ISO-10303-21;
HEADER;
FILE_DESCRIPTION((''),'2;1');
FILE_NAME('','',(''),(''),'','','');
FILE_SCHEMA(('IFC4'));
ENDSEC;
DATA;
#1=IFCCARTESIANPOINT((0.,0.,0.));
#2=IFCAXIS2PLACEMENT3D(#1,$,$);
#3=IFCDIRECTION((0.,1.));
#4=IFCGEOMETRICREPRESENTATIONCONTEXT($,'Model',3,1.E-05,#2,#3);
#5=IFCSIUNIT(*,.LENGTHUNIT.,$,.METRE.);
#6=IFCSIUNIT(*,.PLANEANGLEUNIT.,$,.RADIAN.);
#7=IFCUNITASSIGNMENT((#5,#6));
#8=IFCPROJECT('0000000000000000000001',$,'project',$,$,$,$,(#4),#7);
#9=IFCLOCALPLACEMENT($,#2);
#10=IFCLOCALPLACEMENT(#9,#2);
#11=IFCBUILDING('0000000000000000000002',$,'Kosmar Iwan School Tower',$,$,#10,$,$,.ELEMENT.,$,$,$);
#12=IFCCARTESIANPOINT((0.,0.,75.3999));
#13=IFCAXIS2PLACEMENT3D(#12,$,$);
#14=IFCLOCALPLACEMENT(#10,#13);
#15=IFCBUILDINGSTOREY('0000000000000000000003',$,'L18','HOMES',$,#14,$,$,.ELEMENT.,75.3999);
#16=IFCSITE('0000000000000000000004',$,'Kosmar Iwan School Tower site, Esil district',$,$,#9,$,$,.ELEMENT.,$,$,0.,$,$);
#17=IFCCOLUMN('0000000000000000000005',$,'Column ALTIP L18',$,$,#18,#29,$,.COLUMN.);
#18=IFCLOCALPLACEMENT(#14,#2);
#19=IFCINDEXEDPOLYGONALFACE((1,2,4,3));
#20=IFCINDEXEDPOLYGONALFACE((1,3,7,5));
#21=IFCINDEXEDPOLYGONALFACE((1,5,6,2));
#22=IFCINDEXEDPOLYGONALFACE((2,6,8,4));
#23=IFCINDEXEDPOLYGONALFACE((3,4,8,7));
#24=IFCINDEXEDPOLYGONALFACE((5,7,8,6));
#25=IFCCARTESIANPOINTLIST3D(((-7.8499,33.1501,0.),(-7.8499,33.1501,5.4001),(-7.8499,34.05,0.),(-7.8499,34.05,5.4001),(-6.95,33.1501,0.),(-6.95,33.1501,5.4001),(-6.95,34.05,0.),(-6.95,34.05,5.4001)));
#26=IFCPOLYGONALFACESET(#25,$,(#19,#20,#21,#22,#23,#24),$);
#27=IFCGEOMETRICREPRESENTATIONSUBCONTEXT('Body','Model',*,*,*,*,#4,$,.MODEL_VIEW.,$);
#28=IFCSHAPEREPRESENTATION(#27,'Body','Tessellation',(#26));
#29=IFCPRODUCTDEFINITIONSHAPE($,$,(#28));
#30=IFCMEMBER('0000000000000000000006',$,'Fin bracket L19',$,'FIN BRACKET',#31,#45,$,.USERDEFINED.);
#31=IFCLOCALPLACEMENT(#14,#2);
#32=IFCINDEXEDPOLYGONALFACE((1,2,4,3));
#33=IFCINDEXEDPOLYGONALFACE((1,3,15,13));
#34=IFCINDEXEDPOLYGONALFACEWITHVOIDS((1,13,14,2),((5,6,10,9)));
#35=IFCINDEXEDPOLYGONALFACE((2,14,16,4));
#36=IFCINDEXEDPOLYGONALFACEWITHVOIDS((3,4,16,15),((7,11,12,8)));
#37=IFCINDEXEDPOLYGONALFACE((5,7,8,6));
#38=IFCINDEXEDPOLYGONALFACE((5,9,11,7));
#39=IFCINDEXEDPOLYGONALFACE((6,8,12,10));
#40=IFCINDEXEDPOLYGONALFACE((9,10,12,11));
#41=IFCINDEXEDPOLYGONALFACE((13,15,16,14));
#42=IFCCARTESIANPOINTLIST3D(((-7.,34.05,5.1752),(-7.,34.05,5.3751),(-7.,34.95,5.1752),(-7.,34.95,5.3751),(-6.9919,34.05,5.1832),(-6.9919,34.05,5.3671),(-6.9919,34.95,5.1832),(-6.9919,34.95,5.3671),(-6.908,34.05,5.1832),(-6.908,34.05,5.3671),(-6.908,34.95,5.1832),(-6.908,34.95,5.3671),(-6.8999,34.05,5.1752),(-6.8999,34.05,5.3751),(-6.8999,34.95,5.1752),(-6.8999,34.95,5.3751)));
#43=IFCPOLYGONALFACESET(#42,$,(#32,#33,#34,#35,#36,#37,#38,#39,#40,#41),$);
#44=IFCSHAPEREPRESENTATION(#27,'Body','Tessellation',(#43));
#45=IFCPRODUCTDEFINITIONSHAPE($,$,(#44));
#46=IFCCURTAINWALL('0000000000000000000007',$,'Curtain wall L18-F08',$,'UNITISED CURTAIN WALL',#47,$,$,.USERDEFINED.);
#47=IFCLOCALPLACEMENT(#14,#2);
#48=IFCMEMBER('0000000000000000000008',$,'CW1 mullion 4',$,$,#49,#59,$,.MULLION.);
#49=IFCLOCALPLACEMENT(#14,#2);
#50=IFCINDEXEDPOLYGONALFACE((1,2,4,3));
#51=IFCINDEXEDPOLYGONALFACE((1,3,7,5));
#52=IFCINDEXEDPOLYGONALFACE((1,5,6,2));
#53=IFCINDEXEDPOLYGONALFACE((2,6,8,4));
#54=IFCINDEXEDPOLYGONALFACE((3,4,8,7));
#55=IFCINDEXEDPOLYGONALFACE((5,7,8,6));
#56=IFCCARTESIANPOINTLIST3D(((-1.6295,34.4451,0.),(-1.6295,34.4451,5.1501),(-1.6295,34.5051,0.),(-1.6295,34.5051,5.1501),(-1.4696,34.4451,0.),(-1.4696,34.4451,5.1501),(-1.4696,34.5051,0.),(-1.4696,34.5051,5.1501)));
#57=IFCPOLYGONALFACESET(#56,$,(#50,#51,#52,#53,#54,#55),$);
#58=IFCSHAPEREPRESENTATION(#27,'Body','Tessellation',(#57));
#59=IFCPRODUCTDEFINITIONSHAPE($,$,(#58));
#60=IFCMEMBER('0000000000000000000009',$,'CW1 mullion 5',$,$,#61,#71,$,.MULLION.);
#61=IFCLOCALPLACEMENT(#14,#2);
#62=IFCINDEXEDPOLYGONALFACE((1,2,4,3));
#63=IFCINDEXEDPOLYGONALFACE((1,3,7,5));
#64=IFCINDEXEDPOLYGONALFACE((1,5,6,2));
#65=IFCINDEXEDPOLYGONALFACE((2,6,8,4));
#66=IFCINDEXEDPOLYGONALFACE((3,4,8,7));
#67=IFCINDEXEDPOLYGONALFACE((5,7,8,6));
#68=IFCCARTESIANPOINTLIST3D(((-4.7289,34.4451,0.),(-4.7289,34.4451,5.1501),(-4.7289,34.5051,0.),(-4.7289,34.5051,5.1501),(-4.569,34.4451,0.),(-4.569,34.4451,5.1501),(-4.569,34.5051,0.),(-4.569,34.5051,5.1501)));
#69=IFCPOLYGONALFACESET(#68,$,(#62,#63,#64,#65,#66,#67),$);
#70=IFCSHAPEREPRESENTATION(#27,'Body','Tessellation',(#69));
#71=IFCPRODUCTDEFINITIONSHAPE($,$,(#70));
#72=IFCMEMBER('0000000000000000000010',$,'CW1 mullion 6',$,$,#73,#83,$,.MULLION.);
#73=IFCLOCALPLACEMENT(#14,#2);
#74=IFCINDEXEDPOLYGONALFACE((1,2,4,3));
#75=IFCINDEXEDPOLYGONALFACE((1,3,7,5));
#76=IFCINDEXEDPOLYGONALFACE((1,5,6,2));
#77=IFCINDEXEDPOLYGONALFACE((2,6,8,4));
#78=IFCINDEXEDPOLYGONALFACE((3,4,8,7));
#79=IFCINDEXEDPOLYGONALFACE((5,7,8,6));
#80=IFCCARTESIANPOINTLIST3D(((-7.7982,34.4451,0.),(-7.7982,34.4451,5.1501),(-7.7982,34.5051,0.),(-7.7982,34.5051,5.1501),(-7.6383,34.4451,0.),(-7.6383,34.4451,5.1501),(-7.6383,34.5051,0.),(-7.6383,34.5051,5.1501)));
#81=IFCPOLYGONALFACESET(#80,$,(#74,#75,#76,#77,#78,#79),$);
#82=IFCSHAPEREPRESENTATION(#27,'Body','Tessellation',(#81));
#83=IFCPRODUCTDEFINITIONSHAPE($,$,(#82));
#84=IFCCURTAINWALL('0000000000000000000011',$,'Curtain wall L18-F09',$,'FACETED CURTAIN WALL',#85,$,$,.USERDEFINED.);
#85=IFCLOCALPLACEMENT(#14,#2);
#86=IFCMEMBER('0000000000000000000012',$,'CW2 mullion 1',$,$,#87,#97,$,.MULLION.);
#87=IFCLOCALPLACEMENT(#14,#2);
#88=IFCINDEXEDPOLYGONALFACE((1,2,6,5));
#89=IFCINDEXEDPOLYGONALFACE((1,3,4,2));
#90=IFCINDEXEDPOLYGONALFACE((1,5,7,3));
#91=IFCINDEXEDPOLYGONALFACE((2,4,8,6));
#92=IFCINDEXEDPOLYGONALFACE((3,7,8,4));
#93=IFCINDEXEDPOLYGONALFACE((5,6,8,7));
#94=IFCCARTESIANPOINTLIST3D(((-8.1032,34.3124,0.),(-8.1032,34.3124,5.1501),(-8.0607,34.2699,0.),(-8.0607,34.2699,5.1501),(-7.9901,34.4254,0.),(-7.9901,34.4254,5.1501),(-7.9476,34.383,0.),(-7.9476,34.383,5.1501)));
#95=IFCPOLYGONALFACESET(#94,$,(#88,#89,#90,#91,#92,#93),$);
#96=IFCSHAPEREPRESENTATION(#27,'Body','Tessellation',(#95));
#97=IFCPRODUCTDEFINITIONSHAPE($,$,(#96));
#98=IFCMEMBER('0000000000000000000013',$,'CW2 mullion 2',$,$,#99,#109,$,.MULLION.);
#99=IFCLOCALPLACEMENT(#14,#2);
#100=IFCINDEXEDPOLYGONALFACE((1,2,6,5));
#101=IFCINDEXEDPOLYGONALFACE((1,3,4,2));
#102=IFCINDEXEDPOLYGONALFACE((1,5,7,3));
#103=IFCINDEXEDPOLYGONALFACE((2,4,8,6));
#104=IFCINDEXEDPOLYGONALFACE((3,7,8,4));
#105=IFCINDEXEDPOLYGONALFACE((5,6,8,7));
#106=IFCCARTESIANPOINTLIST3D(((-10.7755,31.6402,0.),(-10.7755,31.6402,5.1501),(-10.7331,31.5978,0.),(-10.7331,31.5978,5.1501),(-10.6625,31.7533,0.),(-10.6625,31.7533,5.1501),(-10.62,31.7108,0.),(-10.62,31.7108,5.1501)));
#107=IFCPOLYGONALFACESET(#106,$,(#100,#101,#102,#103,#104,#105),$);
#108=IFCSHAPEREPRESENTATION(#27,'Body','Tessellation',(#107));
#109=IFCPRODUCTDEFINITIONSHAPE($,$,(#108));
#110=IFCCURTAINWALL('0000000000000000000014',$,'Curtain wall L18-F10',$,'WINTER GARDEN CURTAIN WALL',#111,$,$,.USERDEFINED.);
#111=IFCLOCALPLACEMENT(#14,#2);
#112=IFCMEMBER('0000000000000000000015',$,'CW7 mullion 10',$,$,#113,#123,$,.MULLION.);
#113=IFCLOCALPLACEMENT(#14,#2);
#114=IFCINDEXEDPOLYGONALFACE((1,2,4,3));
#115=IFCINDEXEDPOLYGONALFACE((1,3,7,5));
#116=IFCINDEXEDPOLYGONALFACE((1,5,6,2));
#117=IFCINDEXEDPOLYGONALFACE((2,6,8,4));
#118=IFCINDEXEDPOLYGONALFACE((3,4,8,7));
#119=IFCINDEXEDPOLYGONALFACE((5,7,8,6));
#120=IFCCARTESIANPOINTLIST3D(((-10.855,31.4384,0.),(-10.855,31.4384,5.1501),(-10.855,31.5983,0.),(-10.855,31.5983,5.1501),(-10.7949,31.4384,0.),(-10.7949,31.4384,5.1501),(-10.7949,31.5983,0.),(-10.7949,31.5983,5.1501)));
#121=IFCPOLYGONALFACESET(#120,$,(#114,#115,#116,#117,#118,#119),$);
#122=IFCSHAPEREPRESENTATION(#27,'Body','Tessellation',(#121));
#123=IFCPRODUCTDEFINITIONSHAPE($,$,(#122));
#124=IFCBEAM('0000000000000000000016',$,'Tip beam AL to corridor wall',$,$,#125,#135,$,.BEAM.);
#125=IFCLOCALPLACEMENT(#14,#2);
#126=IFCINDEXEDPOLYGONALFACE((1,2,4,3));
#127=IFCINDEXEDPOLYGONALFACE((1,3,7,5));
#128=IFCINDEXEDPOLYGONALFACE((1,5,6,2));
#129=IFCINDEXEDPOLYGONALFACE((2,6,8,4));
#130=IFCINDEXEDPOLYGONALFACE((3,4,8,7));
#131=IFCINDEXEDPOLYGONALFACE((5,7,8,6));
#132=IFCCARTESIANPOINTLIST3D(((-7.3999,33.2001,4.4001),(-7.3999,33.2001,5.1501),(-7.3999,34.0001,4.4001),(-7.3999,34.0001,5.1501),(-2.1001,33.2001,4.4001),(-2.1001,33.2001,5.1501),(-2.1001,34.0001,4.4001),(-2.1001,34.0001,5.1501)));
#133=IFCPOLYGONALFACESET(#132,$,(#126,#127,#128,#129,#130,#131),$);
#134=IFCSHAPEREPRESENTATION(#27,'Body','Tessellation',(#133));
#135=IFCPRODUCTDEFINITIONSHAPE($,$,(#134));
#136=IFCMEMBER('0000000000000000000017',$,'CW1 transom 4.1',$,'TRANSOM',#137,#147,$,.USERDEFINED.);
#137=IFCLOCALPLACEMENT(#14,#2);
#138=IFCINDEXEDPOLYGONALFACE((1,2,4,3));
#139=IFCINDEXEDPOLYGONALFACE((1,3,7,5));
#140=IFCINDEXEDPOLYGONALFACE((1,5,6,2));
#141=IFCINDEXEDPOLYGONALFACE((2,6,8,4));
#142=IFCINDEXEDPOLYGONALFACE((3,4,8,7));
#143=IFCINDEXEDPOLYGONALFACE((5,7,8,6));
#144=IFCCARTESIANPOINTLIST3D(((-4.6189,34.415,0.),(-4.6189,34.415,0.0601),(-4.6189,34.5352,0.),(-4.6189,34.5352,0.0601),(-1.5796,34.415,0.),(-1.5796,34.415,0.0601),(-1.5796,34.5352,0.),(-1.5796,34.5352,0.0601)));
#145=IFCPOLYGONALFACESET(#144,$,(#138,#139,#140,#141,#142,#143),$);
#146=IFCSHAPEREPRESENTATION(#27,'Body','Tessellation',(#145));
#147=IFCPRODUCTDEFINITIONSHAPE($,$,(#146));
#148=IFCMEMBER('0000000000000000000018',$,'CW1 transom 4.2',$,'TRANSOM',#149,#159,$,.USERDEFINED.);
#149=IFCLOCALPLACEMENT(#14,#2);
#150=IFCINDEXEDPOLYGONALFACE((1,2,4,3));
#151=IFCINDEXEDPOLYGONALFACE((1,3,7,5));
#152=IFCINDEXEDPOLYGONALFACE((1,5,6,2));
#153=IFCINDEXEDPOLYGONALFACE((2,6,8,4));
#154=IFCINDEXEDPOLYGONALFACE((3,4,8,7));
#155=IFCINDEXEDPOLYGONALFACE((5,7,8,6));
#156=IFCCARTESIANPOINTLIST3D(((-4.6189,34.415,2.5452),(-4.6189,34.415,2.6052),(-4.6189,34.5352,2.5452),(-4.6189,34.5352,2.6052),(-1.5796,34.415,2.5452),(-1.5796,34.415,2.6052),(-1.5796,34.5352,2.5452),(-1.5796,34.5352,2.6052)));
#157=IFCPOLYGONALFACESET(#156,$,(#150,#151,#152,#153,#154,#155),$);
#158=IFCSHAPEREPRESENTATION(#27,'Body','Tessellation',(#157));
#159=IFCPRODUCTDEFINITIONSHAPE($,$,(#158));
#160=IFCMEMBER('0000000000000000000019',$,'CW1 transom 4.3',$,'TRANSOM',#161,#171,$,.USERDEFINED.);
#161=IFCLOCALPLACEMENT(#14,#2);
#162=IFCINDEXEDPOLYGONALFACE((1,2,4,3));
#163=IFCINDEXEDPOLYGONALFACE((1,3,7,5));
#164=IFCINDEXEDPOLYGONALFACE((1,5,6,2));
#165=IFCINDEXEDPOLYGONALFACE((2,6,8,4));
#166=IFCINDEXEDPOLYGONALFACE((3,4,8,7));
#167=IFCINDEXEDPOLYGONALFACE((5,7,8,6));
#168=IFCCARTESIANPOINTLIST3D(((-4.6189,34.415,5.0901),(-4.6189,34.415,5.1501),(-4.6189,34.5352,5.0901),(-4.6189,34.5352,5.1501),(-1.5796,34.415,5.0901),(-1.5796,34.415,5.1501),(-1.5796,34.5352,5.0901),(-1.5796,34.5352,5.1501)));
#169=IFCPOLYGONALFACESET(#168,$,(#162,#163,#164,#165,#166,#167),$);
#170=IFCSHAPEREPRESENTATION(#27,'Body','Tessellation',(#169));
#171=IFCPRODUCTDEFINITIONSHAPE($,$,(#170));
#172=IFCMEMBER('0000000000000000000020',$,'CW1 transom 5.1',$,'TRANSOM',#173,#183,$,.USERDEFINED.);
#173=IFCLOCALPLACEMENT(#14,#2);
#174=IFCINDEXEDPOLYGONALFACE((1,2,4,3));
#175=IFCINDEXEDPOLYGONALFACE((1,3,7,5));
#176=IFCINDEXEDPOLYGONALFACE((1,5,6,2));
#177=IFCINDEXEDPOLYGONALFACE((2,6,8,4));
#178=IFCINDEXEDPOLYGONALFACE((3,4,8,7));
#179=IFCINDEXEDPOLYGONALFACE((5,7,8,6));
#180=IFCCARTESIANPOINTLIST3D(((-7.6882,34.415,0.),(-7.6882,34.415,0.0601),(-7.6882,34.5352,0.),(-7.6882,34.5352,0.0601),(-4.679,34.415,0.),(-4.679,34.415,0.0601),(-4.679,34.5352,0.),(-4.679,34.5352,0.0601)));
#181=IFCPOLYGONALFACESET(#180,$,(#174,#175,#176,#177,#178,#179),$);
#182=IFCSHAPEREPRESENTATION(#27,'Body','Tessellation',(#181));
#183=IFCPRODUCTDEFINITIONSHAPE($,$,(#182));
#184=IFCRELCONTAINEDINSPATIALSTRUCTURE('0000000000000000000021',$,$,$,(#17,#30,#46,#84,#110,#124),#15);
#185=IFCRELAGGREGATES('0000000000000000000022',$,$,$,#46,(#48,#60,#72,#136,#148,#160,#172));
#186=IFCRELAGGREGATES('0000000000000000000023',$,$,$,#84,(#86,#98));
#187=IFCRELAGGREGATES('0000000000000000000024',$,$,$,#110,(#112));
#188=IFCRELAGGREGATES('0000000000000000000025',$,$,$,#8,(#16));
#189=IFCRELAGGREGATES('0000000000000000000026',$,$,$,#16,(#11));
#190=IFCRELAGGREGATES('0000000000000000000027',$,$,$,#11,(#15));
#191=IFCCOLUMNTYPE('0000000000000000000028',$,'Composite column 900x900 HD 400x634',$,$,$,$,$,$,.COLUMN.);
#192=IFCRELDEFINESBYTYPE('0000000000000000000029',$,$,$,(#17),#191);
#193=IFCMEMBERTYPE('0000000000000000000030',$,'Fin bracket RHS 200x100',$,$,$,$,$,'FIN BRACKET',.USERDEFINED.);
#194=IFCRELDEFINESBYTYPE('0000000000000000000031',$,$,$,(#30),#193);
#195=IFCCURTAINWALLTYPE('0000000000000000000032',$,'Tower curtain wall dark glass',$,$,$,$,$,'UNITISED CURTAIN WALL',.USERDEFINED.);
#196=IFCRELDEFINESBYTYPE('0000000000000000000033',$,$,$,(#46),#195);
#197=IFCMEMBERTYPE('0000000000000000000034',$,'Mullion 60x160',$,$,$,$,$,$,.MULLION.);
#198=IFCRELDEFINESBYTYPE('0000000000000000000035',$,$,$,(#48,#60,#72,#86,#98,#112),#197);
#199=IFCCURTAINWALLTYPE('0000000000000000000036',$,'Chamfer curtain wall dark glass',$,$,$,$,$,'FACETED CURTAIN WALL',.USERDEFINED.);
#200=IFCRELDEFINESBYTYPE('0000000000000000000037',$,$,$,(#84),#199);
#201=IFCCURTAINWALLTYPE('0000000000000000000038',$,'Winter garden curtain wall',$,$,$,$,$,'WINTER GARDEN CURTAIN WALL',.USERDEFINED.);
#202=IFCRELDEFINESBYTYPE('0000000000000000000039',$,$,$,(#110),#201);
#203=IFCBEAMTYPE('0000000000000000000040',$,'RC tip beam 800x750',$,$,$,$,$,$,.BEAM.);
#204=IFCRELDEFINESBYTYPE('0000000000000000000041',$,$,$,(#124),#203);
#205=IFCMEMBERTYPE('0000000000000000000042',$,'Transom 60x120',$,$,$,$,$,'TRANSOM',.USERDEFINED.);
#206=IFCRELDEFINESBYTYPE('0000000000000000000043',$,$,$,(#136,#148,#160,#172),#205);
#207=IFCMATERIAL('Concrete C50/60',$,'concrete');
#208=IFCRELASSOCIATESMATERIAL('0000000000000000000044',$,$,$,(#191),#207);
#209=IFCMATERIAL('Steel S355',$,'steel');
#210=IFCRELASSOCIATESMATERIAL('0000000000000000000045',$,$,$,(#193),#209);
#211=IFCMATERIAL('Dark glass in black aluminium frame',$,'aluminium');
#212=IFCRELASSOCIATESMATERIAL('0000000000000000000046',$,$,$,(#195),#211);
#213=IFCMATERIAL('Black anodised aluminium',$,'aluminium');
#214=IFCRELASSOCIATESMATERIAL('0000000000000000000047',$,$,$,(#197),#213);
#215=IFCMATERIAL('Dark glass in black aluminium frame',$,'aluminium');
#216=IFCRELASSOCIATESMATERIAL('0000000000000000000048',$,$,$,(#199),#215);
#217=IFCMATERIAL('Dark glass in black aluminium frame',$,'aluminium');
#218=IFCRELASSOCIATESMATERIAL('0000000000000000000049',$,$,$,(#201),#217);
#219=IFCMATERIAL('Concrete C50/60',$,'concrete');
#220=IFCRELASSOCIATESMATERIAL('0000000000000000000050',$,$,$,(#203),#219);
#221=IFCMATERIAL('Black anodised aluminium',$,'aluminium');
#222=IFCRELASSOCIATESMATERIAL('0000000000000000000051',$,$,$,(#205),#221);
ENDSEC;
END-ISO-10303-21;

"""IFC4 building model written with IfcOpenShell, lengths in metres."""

from ifc_helpers import new_model, si_unit, direction, frame, origin, origin_2d, place, context, subcontext, project, spatial, rectangle, hollow_rectangle, extrude, material, material_profile, profile_set, type_object, element, aggregate, save


model = new_model("IFC4")

# Units and contexts
model_context = context("Model", 3, precision=1e-05, world=origin(), true_north=direction((0.0, 1.0)))
body_context = subcontext(model_context, "Body", "Model", "MODEL_VIEW")
ifc_project = project(units=[si_unit("LENGTHUNIT", "METRE"), si_unit("PLANEANGLEUNIT", "RADIAN")], contexts=[model_context])

# Site, building, storey
site_placement = place(None, origin())
site = spatial("IfcSite", under=ifc_project, at=site_placement, Name="Kosmar Iwan School Tower site, Esil district", CompositionType="ELEMENT", RefElevation=0.0)
building_placement = place(site_placement, origin())
building = spatial("IfcBuilding", under=site, at=building_placement, Name="Kosmar Iwan School Tower", CompositionType="ELEMENT")
storey_placement = place(building_placement, frame((0.0, 0.0, 75.3999)))
storey = spatial("IfcBuildingStorey", under=building, at=storey_placement, Name="L18", Description="HOMES", CompositionType="ELEMENT", Elevation=75.3999)

# Column
ifc_material_1 = material(Name="Concrete C50/60", Category="concrete")
ifc_material_profile_1 = material_profile(ifc_material_1, rectangle(XDim=0.8999, YDim=0.8999, at=origin_2d()), Name="RC 900x900 + HD 400x634")
ifc_profile_set_1 = profile_set([ifc_material_profile_1], Name="Concrete C50/60")
column_type = type_object("IfcColumnType", Name="Composite column 900x900 HD 400x634", PredefinedType="COLUMN", material=ifc_profile_set_1)
column_placement = place(storey_placement, frame((-7.3999, 33.6001, 0.0), z_axis=(0.0, 0.0, 1.0), x_axis=(0.0, 1.0, 0.0)))
element("IfcColumn", 1, at=column_placement, inside=storey, type_object=column_type, Name="Column ALTIP L18", PredefinedType="COLUMN", context=body_context, shape_type="SweptSolid", body=[
    extrude(rectangle(XDim=0.8999, YDim=0.8999, at=origin_2d()), origin(), (0.0, 0.0, 1.0), 5.4001),
])

# Member
ifc_material_2 = material(Name="Steel S355", Category="steel")
ifc_material_profile_2 = material_profile(ifc_material_2, hollow_rectangle(XDim=0.1001, YDim=0.2, WallThickness=0.0081, at=origin_2d()), Name="RHS 200x100x8")
ifc_profile_set_2 = profile_set([ifc_material_profile_2], Name="Steel S355")
member_type_1 = type_object("IfcMemberType", Name="Fin bracket RHS 200x100", ElementType="FIN BRACKET", PredefinedType="USERDEFINED", material=ifc_profile_set_2)
member_1_placement = place(storey_placement, frame((-6.95, 34.05, 5.2751), z_axis=(0.0, 1.0, 0.0), x_axis=(-1.0, 0.0, 0.0)))
element("IfcMember", 2, at=member_1_placement, inside=storey, type_object=member_type_1, Name="Fin bracket L19", ObjectType="FIN BRACKET", PredefinedType="USERDEFINED", context=body_context, shape_type="SweptSolid", body=[
    extrude(hollow_rectangle(XDim=0.1001, YDim=0.2, WallThickness=0.0081, at=origin_2d()), origin(), (0.0, 0.0, 1.0), 0.8999),
])

# Curtain walls, members
ifc_material_3 = material(Name="Dark glass in black aluminium frame", Category="aluminium")
curtain_wall_type_1 = type_object("IfcCurtainWallType", Name="Tower curtain wall dark glass", ElementType="UNITISED CURTAIN WALL", PredefinedType="USERDEFINED", material=ifc_material_3)
curtain_wall_1_placement = place(storey_placement, origin())
curtain_wall_1 = element("IfcCurtainWall", 3, at=curtain_wall_1_placement, inside=storey, type_object=curtain_wall_type_1, Name="Curtain wall L18-F08", ObjectType="UNITISED CURTAIN WALL", PredefinedType="USERDEFINED")
ifc_material_4 = material(Name="Black anodised aluminium", Category="aluminium")
ifc_material_profile_3 = material_profile(ifc_material_4, rectangle(XDim=0.0601, YDim=0.1599, at=origin_2d()), Name="MULLION 60x160")
ifc_profile_set_3 = profile_set([ifc_material_profile_3], Name="Black anodised aluminium")
member_type_2 = type_object("IfcMemberType", Name="Mullion 60x160", PredefinedType="MULLION", material=ifc_profile_set_3)
member_2_placement = place(storey_placement, frame((-1.5496, 34.4751, 0.0), z_axis=(0.0, 0.0, 1.0), x_axis=(0.0, -1.0, 0.0)))
member_2 = element("IfcMember", 4, at=member_2_placement, type_object=member_type_2, Name="CW1 mullion 4", PredefinedType="MULLION", context=body_context, shape_type="SweptSolid", body=[
    extrude(rectangle(XDim=0.0601, YDim=0.1599, at=origin_2d()), origin(), (0.0, 0.0, 1.0), 5.1501),
])
member_3_placement = place(storey_placement, frame((-4.6489, 34.4751, 0.0), z_axis=(0.0, 0.0, 1.0), x_axis=(0.0, -1.0, 0.0)))
member_3 = element("IfcMember", 5, at=member_3_placement, type_object=member_type_2, Name="CW1 mullion 5", PredefinedType="MULLION", context=body_context, shape_type="SweptSolid", body=[
    extrude(rectangle(XDim=0.0601, YDim=0.1599, at=origin_2d()), origin(), (0.0, 0.0, 1.0), 5.1501),
])
member_4_placement = place(storey_placement, frame((-7.7183, 34.4751, 0.0), z_axis=(0.0, 0.0, 1.0), x_axis=(0.0, -1.0, 0.0)))
member_4 = element("IfcMember", 6, at=member_4_placement, type_object=member_type_2, Name="CW1 mullion 6", PredefinedType="MULLION", context=body_context, shape_type="SweptSolid", body=[
    extrude(rectangle(XDim=0.0601, YDim=0.1599, at=origin_2d()), origin(), (0.0, 0.0, 1.0), 5.1501),
])
ifc_material_5 = material(Name="Dark glass in black aluminium frame", Category="aluminium")
curtain_wall_type_2 = type_object("IfcCurtainWallType", Name="Chamfer curtain wall dark glass", ElementType="FACETED CURTAIN WALL", PredefinedType="USERDEFINED", material=ifc_material_5)
curtain_wall_2_placement = place(storey_placement, origin())
curtain_wall_2 = element("IfcCurtainWall", 7, at=curtain_wall_2_placement, inside=storey, type_object=curtain_wall_type_2, Name="Curtain wall L18-F09", ObjectType="FACETED CURTAIN WALL", PredefinedType="USERDEFINED")
member_5_placement = place(storey_placement, frame((-8.0254, 34.3477, 0.0), z_axis=(0.0, 0.0, 1.0), x_axis=(0.707107, -0.707107, 0.0)))
member_5 = element("IfcMember", 8, at=member_5_placement, type_object=member_type_2, Name="CW2 mullion 1", PredefinedType="MULLION", context=body_context, shape_type="SweptSolid", body=[
    extrude(rectangle(XDim=0.0601, YDim=0.1599, at=origin_2d()), origin(), (0.0, 0.0, 1.0), 5.1501),
])
member_6_placement = place(storey_placement, frame((-10.6978, 31.6755, 0.0), z_axis=(0.0, 0.0, 1.0), x_axis=(0.707107, -0.707107, 0.0)))
member_6 = element("IfcMember", 9, at=member_6_placement, type_object=member_type_2, Name="CW2 mullion 2", PredefinedType="MULLION", context=body_context, shape_type="SweptSolid", body=[
    extrude(rectangle(XDim=0.0601, YDim=0.1599, at=origin_2d()), origin(), (0.0, 0.0, 1.0), 5.1501),
])

# Curtain wall, member
ifc_material_6 = material(Name="Dark glass in black aluminium frame", Category="aluminium")
curtain_wall_type_3 = type_object("IfcCurtainWallType", Name="Winter garden curtain wall", ElementType="WINTER GARDEN CURTAIN WALL", PredefinedType="USERDEFINED", material=ifc_material_6)
curtain_wall_3_placement = place(storey_placement, origin())
curtain_wall_3 = element("IfcCurtainWall", 10, at=curtain_wall_3_placement, inside=storey, type_object=curtain_wall_type_3, Name="Curtain wall L18-F10", ObjectType="WINTER GARDEN CURTAIN WALL", PredefinedType="USERDEFINED")
member_7_placement = place(storey_placement, frame((-10.825, 31.5183, 0.0), z_axis=(0.0, 0.0, 1.0), x_axis=(-1.0, 0.0, 0.0)))
member_7 = element("IfcMember", 11, at=member_7_placement, type_object=member_type_2, Name="CW7 mullion 10", PredefinedType="MULLION", context=body_context, shape_type="SweptSolid", body=[
    extrude(rectangle(XDim=0.0601, YDim=0.1599, at=origin_2d()), origin(), (0.0, 0.0, 1.0), 5.1501),
])

# Beam
ifc_material_7 = material(Name="Concrete C50/60", Category="concrete")
ifc_material_profile_4 = material_profile(ifc_material_7, rectangle(XDim=0.8, YDim=0.75, at=origin_2d()), Name="RC 800x750")
ifc_profile_set_4 = profile_set([ifc_material_profile_4], Name="Concrete C50/60")
beam_type = type_object("IfcBeamType", Name="RC tip beam 800x750", PredefinedType="BEAM", material=ifc_profile_set_4)
beam_placement = place(storey_placement, frame((-7.3999, 33.6001, 4.7751), z_axis=(1.0, 0.0, 0.0), x_axis=(0.0, 1.0, 0.0)))
element("IfcBeam", 12, at=beam_placement, inside=storey, type_object=beam_type, Name="Tip beam AL to corridor wall", PredefinedType="BEAM", context=body_context, shape_type="SweptSolid", body=[
    extrude(rectangle(XDim=0.8, YDim=0.75, at=origin_2d()), origin(), (0.0, 0.0, 1.0), 5.2998),
])

# Members
ifc_material_8 = material(Name="Black anodised aluminium", Category="aluminium")
ifc_material_profile_5 = material_profile(ifc_material_8, rectangle(XDim=0.1201, YDim=0.0601, at=origin_2d()), Name="TRANSOM 60x120")
ifc_profile_set_5 = profile_set([ifc_material_profile_5], Name="Black anodised aluminium")
member_type_3 = type_object("IfcMemberType", Name="Transom 60x120", ElementType="TRANSOM", PredefinedType="USERDEFINED", material=ifc_profile_set_5)
member_8_placement = place(storey_placement, frame((-1.5796, 34.4751, 0.03), z_axis=(-1.0, 0.0, 0.0), x_axis=(0.0, -1.0, 0.0)))
member_8 = element("IfcMember", 13, at=member_8_placement, type_object=member_type_3, Name="CW1 transom 4.1", ObjectType="TRANSOM", PredefinedType="USERDEFINED", context=body_context, shape_type="SweptSolid", body=[
    extrude(rectangle(XDim=0.1201, YDim=0.0601, at=origin_2d()), origin(), (0.0, 0.0, 1.0), 3.0393),
])
member_9_placement = place(storey_placement, frame((-1.5796, 34.4751, 2.5752), z_axis=(-1.0, 0.0, 0.0), x_axis=(0.0, -1.0, 0.0)))
member_9 = element("IfcMember", 14, at=member_9_placement, type_object=member_type_3, Name="CW1 transom 4.2", ObjectType="TRANSOM", PredefinedType="USERDEFINED", context=body_context, shape_type="SweptSolid", body=[
    extrude(rectangle(XDim=0.1201, YDim=0.0601, at=origin_2d()), origin(), (0.0, 0.0, 1.0), 3.0393),
])
member_10_placement = place(storey_placement, frame((-1.5796, 34.4751, 5.1201), z_axis=(-1.0, 0.0, 0.0), x_axis=(0.0, -1.0, 0.0)))
member_10 = element("IfcMember", 15, at=member_10_placement, type_object=member_type_3, Name="CW1 transom 4.3", ObjectType="TRANSOM", PredefinedType="USERDEFINED", context=body_context, shape_type="SweptSolid", body=[
    extrude(rectangle(XDim=0.1201, YDim=0.0601, at=origin_2d()), origin(), (0.0, 0.0, 1.0), 3.0393),
])
member_11_placement = place(storey_placement, frame((-4.679, 34.4751, 0.03), z_axis=(-1.0, 0.0, 0.0), x_axis=(0.0, -1.0, 0.0)))
member_11 = element("IfcMember", 16, at=member_11_placement, type_object=member_type_3, Name="CW1 transom 5.1", ObjectType="TRANSOM", PredefinedType="USERDEFINED", context=body_context, shape_type="SweptSolid", body=[
    extrude(rectangle(XDim=0.1201, YDim=0.0601, at=origin_2d()), origin(), (0.0, 0.0, 1.0), 3.0093),
])

aggregate(curtain_wall_1, [member_2, member_3, member_4, member_8, member_9, member_10, member_11])
aggregate(curtain_wall_2, [member_5, member_6])
aggregate(curtain_wall_3, [member_7])

save(model, "model.ifc")
